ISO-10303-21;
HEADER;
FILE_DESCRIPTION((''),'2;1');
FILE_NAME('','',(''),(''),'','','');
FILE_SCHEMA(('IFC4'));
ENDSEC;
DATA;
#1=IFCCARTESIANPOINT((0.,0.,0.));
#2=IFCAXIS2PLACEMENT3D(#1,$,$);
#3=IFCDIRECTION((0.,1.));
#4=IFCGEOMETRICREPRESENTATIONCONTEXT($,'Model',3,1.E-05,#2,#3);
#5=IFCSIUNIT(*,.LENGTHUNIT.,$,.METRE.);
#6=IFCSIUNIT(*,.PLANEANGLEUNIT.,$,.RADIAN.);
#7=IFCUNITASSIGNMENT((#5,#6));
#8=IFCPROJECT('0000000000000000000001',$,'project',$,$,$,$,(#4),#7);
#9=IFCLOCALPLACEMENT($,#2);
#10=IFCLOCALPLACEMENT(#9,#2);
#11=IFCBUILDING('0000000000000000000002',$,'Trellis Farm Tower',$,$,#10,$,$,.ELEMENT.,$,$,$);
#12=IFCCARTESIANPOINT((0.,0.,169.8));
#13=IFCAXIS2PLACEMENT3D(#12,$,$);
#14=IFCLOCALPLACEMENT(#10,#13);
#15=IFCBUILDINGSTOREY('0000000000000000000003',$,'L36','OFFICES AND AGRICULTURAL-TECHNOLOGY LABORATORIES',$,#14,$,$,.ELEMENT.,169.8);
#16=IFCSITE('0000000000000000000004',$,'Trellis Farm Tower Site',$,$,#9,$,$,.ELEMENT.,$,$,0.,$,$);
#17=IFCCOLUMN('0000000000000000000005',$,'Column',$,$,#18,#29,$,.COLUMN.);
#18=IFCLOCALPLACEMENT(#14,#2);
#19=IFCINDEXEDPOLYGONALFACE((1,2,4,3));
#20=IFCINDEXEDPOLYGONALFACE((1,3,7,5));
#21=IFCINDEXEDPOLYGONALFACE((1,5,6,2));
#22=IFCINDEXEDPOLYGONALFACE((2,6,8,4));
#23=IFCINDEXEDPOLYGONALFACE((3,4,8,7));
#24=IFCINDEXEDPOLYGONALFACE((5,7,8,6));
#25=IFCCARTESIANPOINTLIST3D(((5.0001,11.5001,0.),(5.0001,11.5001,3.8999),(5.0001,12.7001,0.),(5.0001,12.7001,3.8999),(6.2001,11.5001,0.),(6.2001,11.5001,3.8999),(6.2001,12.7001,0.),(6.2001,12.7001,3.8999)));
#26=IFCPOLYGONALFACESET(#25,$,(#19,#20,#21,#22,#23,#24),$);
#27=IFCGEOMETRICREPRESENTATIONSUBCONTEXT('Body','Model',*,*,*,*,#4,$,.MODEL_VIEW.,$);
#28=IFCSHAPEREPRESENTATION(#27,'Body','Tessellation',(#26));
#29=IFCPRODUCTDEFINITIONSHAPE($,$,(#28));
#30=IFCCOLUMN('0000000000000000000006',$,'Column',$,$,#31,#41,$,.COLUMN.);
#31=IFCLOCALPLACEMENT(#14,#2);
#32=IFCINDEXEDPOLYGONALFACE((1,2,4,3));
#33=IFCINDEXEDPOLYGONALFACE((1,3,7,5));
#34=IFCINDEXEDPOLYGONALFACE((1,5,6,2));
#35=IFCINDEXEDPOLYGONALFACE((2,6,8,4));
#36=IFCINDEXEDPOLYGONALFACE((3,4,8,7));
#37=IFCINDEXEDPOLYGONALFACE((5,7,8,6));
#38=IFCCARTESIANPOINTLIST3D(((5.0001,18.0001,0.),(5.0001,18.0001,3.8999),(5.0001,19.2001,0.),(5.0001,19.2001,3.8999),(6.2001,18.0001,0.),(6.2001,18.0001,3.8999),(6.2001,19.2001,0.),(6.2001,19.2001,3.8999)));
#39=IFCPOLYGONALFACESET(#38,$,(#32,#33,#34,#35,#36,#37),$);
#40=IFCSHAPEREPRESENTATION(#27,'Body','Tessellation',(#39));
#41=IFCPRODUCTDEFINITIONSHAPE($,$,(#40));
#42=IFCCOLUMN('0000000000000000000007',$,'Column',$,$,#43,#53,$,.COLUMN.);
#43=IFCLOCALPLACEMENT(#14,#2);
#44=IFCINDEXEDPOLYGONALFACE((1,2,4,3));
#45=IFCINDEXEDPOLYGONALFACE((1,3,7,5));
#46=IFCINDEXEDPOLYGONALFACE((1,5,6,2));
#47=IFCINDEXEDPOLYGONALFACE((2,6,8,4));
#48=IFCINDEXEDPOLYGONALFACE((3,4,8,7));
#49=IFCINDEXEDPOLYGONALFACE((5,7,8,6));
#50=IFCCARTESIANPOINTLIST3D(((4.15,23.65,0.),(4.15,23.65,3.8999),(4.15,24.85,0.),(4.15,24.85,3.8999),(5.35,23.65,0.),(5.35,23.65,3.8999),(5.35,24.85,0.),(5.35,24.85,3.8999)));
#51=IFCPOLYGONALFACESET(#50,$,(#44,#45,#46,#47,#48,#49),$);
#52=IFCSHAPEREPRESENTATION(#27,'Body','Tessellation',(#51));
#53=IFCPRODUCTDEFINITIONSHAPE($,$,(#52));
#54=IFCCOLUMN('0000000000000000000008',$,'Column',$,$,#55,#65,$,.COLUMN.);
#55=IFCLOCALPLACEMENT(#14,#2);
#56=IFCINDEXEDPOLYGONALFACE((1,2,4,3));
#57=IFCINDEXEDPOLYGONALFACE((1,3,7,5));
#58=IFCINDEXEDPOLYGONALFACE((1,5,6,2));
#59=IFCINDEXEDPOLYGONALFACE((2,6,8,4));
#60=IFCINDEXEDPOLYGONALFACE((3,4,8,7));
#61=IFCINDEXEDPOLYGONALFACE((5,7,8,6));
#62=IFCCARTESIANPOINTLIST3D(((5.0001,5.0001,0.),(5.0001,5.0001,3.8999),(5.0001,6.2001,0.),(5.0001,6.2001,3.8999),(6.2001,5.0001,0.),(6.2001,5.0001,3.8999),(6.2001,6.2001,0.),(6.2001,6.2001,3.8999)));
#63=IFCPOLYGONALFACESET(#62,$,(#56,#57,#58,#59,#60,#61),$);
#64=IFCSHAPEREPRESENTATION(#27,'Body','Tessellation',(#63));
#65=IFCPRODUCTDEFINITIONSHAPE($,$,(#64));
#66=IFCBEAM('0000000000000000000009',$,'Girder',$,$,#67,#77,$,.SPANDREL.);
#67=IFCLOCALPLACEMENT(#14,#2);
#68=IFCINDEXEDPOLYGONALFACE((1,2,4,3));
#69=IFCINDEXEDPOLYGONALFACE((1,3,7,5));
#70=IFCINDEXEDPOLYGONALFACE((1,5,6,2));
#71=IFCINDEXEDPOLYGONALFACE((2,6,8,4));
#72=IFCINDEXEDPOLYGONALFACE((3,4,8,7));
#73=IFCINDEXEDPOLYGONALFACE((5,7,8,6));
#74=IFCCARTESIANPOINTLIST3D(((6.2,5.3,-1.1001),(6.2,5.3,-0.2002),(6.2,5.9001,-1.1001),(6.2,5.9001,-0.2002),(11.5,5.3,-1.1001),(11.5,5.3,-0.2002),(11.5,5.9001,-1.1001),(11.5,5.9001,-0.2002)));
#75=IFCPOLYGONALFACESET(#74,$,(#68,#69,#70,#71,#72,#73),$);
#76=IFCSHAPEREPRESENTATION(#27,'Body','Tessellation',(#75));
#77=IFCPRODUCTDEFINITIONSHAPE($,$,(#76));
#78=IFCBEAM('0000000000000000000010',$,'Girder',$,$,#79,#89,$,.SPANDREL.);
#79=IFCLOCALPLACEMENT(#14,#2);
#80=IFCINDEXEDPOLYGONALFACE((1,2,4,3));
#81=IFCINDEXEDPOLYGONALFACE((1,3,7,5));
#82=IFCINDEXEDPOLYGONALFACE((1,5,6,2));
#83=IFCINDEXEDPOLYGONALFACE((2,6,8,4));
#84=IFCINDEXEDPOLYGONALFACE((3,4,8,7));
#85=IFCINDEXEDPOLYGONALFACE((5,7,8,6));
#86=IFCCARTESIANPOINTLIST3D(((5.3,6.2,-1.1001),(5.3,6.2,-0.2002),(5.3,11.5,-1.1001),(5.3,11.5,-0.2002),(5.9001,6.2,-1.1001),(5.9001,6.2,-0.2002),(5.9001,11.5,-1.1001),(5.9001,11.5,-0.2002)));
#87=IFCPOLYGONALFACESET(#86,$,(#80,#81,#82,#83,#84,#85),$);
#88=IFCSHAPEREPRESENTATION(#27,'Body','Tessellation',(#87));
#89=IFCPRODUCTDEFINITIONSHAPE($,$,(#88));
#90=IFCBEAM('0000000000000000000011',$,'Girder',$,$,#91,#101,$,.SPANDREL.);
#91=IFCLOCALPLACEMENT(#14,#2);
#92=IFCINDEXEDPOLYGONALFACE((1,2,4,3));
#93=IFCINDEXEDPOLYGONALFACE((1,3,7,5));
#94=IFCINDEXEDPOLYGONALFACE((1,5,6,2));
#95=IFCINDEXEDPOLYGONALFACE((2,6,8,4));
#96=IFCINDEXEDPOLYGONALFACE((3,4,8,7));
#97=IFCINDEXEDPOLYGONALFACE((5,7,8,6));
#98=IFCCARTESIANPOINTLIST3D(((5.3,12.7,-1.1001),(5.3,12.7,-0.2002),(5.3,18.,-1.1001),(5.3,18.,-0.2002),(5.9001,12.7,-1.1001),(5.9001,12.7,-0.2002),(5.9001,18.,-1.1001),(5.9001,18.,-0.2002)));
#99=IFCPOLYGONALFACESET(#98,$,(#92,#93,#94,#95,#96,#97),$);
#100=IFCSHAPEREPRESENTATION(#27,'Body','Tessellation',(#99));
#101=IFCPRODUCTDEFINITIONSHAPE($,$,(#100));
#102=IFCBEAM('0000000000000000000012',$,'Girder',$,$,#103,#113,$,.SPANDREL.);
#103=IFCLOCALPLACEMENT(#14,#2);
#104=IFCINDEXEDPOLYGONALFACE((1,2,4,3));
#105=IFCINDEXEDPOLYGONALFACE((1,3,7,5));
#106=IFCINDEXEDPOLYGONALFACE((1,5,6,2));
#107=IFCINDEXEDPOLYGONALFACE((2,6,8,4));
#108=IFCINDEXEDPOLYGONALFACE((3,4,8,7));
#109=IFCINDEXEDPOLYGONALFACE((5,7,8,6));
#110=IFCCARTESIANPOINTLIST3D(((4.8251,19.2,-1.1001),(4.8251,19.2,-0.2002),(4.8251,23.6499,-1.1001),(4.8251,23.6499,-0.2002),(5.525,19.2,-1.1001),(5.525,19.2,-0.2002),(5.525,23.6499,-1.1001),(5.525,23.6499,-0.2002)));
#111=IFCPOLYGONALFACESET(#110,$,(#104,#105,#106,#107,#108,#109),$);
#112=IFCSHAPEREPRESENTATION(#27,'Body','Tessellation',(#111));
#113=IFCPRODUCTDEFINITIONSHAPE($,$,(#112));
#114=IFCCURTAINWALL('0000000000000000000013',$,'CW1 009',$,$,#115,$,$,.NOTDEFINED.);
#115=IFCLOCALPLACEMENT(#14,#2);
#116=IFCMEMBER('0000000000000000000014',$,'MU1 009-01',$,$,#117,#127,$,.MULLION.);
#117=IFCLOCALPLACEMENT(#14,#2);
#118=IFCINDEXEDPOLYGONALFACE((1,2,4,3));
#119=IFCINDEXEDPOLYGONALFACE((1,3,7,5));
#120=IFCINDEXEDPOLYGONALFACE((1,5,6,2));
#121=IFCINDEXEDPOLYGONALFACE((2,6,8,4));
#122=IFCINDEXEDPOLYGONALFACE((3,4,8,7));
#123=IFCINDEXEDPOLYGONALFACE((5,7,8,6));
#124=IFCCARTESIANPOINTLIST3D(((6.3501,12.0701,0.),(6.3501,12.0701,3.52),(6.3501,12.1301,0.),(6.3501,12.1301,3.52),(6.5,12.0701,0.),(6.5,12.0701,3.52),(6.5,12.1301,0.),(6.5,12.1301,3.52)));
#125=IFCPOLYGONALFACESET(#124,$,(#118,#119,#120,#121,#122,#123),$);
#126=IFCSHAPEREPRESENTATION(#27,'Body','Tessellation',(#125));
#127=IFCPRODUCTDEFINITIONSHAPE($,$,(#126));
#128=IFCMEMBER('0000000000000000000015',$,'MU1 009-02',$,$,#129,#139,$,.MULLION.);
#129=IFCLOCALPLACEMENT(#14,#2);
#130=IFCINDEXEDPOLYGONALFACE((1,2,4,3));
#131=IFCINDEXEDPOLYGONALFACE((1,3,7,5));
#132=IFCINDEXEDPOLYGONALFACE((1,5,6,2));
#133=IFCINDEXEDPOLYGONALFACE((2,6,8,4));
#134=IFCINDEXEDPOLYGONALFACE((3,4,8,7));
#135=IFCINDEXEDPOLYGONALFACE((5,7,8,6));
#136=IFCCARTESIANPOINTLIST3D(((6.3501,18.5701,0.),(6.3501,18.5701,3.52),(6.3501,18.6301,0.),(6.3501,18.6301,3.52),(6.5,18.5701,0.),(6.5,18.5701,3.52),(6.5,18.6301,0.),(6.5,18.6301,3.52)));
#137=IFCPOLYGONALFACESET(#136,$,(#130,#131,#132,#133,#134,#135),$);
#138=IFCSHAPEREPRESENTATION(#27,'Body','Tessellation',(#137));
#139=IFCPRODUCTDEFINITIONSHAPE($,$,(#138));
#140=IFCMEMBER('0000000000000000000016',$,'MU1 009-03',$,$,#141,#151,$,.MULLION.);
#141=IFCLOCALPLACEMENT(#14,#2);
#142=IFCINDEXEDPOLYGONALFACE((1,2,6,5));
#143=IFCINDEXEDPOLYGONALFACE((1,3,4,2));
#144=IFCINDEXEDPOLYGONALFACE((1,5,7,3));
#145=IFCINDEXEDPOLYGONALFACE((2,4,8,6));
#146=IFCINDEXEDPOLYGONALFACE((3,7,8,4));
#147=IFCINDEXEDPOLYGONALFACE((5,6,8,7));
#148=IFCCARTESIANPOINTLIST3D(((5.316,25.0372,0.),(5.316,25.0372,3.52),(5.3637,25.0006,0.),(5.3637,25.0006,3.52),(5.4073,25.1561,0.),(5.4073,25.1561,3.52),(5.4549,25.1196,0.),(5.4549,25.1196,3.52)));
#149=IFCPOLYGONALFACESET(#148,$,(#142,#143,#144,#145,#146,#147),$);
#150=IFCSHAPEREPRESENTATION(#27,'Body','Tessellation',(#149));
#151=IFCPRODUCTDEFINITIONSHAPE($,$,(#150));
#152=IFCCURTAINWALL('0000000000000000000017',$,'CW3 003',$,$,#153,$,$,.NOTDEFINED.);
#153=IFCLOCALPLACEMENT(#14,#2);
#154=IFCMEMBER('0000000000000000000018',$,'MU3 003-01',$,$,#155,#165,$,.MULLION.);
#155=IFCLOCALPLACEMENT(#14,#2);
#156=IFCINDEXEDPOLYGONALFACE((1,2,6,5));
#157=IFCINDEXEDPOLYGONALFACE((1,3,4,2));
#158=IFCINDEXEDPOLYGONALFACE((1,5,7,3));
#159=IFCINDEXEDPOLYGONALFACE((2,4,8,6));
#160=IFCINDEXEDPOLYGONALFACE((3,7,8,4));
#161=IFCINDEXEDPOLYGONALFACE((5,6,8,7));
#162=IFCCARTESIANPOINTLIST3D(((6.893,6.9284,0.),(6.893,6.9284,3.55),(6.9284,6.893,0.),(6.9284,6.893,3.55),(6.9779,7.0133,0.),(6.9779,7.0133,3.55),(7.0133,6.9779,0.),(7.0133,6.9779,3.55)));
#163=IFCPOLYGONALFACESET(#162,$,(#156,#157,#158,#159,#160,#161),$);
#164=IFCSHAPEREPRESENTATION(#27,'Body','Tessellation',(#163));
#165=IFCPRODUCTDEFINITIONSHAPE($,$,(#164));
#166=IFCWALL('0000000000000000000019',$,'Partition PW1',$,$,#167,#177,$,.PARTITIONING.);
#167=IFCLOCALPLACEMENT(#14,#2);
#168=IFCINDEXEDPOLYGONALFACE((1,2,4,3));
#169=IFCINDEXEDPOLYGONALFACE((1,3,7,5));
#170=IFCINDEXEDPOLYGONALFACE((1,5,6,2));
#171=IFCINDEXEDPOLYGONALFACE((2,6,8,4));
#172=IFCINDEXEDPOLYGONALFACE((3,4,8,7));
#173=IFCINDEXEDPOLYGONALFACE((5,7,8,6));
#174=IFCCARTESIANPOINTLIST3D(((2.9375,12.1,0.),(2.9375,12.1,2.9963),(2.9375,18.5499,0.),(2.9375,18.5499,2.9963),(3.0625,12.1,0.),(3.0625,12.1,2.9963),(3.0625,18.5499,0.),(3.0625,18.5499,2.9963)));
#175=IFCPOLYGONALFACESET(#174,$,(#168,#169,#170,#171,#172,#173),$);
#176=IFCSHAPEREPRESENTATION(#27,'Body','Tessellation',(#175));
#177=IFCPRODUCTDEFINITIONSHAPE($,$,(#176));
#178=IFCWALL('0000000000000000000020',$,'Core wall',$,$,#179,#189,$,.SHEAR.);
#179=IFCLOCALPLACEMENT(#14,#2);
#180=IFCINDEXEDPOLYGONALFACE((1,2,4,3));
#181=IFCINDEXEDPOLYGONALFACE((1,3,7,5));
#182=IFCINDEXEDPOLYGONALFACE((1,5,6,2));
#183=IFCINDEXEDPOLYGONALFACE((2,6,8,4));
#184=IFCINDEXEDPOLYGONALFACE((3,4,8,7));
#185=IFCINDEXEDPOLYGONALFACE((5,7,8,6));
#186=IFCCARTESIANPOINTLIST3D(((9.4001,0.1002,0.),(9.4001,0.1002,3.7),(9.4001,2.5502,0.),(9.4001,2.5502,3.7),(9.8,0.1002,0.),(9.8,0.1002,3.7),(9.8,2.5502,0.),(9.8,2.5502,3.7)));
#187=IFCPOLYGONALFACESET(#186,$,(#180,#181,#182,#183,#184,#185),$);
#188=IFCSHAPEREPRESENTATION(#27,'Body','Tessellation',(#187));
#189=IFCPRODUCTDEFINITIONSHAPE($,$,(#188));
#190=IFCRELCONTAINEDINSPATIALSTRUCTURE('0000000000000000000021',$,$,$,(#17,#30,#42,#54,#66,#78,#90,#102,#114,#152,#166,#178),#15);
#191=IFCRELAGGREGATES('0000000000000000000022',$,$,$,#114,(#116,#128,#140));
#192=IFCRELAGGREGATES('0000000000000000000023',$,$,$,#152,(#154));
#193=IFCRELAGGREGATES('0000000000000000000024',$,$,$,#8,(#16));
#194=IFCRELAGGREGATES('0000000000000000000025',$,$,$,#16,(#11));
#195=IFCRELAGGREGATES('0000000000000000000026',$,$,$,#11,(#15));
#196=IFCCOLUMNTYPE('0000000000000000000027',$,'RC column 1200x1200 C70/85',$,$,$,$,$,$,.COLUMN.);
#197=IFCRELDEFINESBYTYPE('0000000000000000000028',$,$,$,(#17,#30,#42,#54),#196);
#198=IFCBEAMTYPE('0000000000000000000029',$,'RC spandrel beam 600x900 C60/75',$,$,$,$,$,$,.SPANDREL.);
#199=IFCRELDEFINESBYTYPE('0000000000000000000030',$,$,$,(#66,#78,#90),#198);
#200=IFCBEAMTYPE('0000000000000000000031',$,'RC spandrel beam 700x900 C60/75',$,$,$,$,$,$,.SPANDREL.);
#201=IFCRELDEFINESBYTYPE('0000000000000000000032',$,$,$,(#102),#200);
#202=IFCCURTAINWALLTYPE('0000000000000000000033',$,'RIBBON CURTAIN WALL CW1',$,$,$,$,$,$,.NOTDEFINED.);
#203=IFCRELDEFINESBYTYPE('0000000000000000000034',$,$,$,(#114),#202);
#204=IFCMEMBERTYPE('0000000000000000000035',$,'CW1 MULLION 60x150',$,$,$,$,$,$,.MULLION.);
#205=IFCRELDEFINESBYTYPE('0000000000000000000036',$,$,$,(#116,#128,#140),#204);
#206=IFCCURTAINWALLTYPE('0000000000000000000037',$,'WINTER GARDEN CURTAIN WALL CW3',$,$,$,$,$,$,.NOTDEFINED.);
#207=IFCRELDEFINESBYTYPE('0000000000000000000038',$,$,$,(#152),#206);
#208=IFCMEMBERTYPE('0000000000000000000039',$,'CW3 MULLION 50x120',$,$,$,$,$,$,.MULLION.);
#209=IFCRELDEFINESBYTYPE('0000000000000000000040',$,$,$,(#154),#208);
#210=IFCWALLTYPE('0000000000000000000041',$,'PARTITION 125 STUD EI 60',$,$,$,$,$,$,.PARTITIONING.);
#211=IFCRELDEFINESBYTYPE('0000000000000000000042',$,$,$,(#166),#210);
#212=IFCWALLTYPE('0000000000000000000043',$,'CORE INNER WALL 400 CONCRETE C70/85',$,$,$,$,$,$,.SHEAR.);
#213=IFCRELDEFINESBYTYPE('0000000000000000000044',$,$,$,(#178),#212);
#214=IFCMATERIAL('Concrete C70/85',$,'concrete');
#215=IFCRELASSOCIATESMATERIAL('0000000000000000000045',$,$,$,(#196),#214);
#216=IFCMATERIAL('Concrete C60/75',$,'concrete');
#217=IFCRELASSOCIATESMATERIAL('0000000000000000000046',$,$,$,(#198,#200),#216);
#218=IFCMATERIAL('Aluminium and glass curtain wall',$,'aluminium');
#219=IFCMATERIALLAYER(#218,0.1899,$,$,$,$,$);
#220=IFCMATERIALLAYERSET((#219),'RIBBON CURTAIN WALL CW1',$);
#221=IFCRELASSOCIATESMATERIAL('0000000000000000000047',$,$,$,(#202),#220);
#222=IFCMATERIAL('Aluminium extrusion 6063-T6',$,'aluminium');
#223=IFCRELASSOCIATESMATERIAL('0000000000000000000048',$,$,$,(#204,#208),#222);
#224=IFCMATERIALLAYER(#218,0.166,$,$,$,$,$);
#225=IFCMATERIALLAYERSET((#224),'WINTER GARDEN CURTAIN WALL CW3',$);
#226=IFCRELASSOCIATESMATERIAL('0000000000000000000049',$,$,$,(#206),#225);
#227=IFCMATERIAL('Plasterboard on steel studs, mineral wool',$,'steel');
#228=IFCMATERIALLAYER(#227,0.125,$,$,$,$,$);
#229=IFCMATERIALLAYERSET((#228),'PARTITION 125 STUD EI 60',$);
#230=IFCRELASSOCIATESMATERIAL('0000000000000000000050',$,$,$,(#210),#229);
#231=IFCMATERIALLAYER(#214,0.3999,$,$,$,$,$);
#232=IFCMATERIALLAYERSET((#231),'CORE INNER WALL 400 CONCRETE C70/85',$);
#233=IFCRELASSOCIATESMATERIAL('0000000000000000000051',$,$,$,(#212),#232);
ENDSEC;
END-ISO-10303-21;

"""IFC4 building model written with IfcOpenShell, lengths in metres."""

from ifc_helpers import new_model, si_unit, direction, frame, frame_2d, origin, origin_2d, place, context, subcontext, project, spatial, rectangle, extrude, source, transform, mapped, material, layer, layer_set, material_profile, profile_set, type_object, element, aggregate, save


model = new_model("IFC4")

# Units and contexts
model_context = context("Model", 3, precision=1e-05, world=origin(), true_north=direction((0.0, 1.0)))
body_context = subcontext(model_context, "Body", "Model", "MODEL_VIEW")
ifc_project = project(units=[si_unit("LENGTHUNIT", "METRE"), si_unit("PLANEANGLEUNIT", "RADIAN")], contexts=[model_context])

# Site, building, storey
site_placement = place(None, origin())
site = spatial("IfcSite", under=ifc_project, at=site_placement, Name="Trellis Farm Tower Site", CompositionType="ELEMENT", RefElevation=0.0)
building_placement = place(site_placement, origin())
building = spatial("IfcBuilding", under=site, at=building_placement, Name="Trellis Farm Tower", CompositionType="ELEMENT")
storey_placement = place(building_placement, frame((0.0, 0.0, 169.8)))
storey = spatial("IfcBuildingStorey", under=building, at=storey_placement, Name="L36", Description="OFFICES AND AGRICULTURAL-TECHNOLOGY LABORATORIES", CompositionType="ELEMENT", Elevation=169.8)

# Columns
ifc_material_1 = material(Name="Concrete C70/85", Category="concrete")
ifc_material_profile_1 = material_profile(ifc_material_1, rectangle(XDim=1.2, YDim=1.2, at=origin_2d()), Name="RC column 1200x1200 C70/85")
ifc_profile_set_1 = profile_set([ifc_material_profile_1], Name="Concrete C70/85")
column_type = type_object("IfcColumnType", Name="RC column 1200x1200 C70/85", PredefinedType="COLUMN", material=ifc_profile_set_1)
shared_shape_1 = source(origin(), body_context, "Body", "SweptSolid", [
    extrude(rectangle(XDim=1.2, YDim=1.2, at=origin_2d()), origin(), (0.0, 0.0, 1.0), 3.8999),
])
for number, where, z_axis, x_axis, name in (
    (1, (5.6001, 12.1001, 0.0), (0.0, 0.0, 1.0), (1.0, 0.0, 0.0), "Column"),
    (2, (5.6001, 18.6001, 0.0), (0.0, 0.0, 1.0), (1.0, 0.0, 0.0), "Column"),
    (3, (4.75, 24.25, 0.0), (0.0, 0.0, 1.0), (1.0, 0.0, 0.0), "Column"),
    (4, (5.6001, 5.6001, 0.0), (0.0, 0.0, 1.0), (1.0, 0.0, 0.0), "Column"),
):
    element("IfcColumn", number, at=place(storey_placement, frame(where, z_axis=z_axis, x_axis=x_axis)), inside=storey, type_object=column_type, Name=name, PredefinedType="COLUMN", context=body_context, shape_type="MappedRepresentation", body=[
        mapped(shared_shape_1, transform((0.0, 0.0, 0.0))),
    ])

# Beams
ifc_material_2 = material(Name="Concrete C60/75", Category="concrete")
ifc_material_profile_2 = material_profile(ifc_material_2, rectangle(XDim=0.6001, YDim=0.8999, at=origin_2d()), Name="RC spandrel beam 600x900 C60/75")
ifc_profile_set_2 = profile_set([ifc_material_profile_2], Name="Concrete C60/75")
beam_type_1 = type_object("IfcBeamType", Name="RC spandrel beam 600x900 C60/75", PredefinedType="SPANDREL", material=ifc_profile_set_2)
shared_shape_2 = source(origin(), body_context, "Body", "SweptSolid", [
    extrude(rectangle(XDim=0.6001, YDim=0.8999, at=origin_2d()), origin(), (0.0, 0.0, 1.0), 5.3),
])
for number, where, z_axis, x_axis, name in (
    (5, (6.2, 5.6001, -0.6501), (1.0, 0.0, 0.0), (0.0, 1.0, 0.0), "Girder"),
    (6, (5.6001, 6.2, -0.6501), (0.0, 1.0, 0.0), (-1.0, 0.0, 0.0), "Girder"),
    (7, (5.6001, 12.7, -0.6501), (0.0, 1.0, 0.0), (-1.0, 0.0, 0.0), "Girder"),
):
    element("IfcBeam", number, at=place(storey_placement, frame(where, z_axis=z_axis, x_axis=x_axis)), inside=storey, type_object=beam_type_1, Name=name, PredefinedType="SPANDREL", context=body_context, shape_type="MappedRepresentation", body=[
        mapped(shared_shape_2, transform((0.0, 0.0, 0.0))),
    ])
ifc_material_profile_3 = material_profile(ifc_material_2, rectangle(XDim=0.7, YDim=0.8999, at=origin_2d()), Name="RC spandrel beam 700x900 C60/75")
ifc_profile_set_3 = profile_set([ifc_material_profile_3], Name="Concrete C60/75")
beam_type_2 = type_object("IfcBeamType", Name="RC spandrel beam 700x900 C60/75", PredefinedType="SPANDREL", material=ifc_profile_set_3)
shared_shape_3 = source(origin(), body_context, "Body", "SweptSolid", [
    extrude(rectangle(XDim=0.7, YDim=0.8999, at=origin_2d()), origin(), (0.0, 0.0, 1.0), 4.45),
])
beam_placement = place(storey_placement, frame((5.175, 19.2, -0.6501), z_axis=(0.0, 1.0, 0.0), x_axis=(-1.0, 0.0, 0.0)))
element("IfcBeam", 8, at=beam_placement, inside=storey, type_object=beam_type_2, Name="Girder", PredefinedType="SPANDREL", context=body_context, shape_type="MappedRepresentation", body=[
    mapped(shared_shape_3, transform((0.0, 0.0, 0.0))),
])

# Curtain wall, members
ifc_material_3 = material(Name="Aluminium and glass curtain wall", Category="aluminium")
ifc_layer_1 = layer(ifc_material_3, 0.1899)
ifc_layer_set_1 = layer_set([ifc_layer_1], Name="RIBBON CURTAIN WALL CW1")
curtain_wall_type_1 = type_object("IfcCurtainWallType", Name="RIBBON CURTAIN WALL CW1", PredefinedType="NOTDEFINED", material=ifc_layer_set_1)
placement = place(storey_placement, origin())
curtain_wall_1 = element("IfcCurtainWall", 9, at=placement, inside=storey, type_object=curtain_wall_type_1, Name="CW1 009", PredefinedType="NOTDEFINED")
ifc_material_4 = material(Name="Aluminium extrusion 6063-T6", Category="aluminium")
ifc_material_profile_4 = material_profile(ifc_material_4, rectangle(XDim=0.0601, YDim=0.1499, at=origin_2d()), Name="MULLION 60x150")
ifc_profile_set_4 = profile_set([ifc_material_profile_4], Name="Aluminium extrusion 6063-T6")
member_type_1 = type_object("IfcMemberType", Name="CW1 MULLION 60x150", PredefinedType="MULLION", material=ifc_profile_set_4)
shared_shape_4 = source(origin(), body_context, "Body", "SweptSolid", [
    extrude(rectangle(XDim=0.0601, YDim=0.1499, at=origin_2d()), origin(), (0.0, 0.0, 1.0), 3.52),
])
member_1_placement = place(storey_placement, frame((6.425, 12.1001, 0.0), z_axis=(0.0, 0.0, 1.0), x_axis=(0.0, 1.0, 0.0)))
member_1 = element("IfcMember", 10, at=member_1_placement, type_object=member_type_1, Name="MU1 009-01", PredefinedType="MULLION", context=body_context, shape_type="MappedRepresentation", body=[
    mapped(shared_shape_4, transform((0.0, 0.0, 0.0))),
])
member_2_placement = place(storey_placement, frame((6.425, 18.6001, 0.0), z_axis=(0.0, 0.0, 1.0), x_axis=(0.0, 1.0, 0.0)))
member_2 = element("IfcMember", 11, at=member_2_placement, type_object=member_type_1, Name="MU1 009-02", PredefinedType="MULLION", context=body_context, shape_type="MappedRepresentation", body=[
    mapped(shared_shape_4, transform((0.0, 0.0, 0.0))),
])
member_3_placement = place(storey_placement, frame((5.3855, 25.0784, 0.0), z_axis=(0.0, 0.0, 1.0), x_axis=(-0.793353, 0.608761, 0.0)))
member_3 = element("IfcMember", 12, at=member_3_placement, type_object=member_type_1, Name="MU1 009-03", PredefinedType="MULLION", context=body_context, shape_type="MappedRepresentation", body=[
    mapped(shared_shape_4, transform((0.0, 0.0, 0.0))),
])
aggregate(curtain_wall_1, [member_1, member_2, member_3])

# Curtain wall, member
ifc_layer_2 = layer(ifc_material_3, 0.166)
ifc_layer_set_2 = layer_set([ifc_layer_2], Name="WINTER GARDEN CURTAIN WALL CW3")
curtain_wall_type_2 = type_object("IfcCurtainWallType", Name="WINTER GARDEN CURTAIN WALL CW3", PredefinedType="NOTDEFINED", material=ifc_layer_set_2)
curtain_wall_2 = element("IfcCurtainWall", 13, at=placement, inside=storey, type_object=curtain_wall_type_2, Name="CW3 003", PredefinedType="NOTDEFINED")
ifc_material_profile_5 = material_profile(ifc_material_4, rectangle(XDim=0.05, YDim=0.1201, at=origin_2d()), Name="MULLION 50x120")
ifc_profile_set_5 = profile_set([ifc_material_profile_5], Name="Aluminium extrusion 6063-T6")
member_type_2 = type_object("IfcMemberType", Name="CW3 MULLION 50x120", PredefinedType="MULLION", material=ifc_profile_set_5)
shared_shape_5 = source(origin(), body_context, "Body", "SweptSolid", [
    extrude(rectangle(XDim=0.05, YDim=0.1201, at=origin_2d()), origin(), (0.0, 0.0, 1.0), 3.55),
])
member_4_placement = place(storey_placement, frame((6.9531, 6.9531, 0.0), z_axis=(0.0, 0.0, 1.0), x_axis=(-0.707107, 0.707107, 0.0)))
member_4 = element("IfcMember", 14, at=member_4_placement, type_object=member_type_2, Name="MU3 003-01", PredefinedType="MULLION", context=body_context, shape_type="MappedRepresentation", body=[
    mapped(shared_shape_5, transform((0.0, 0.0, 0.0))),
])
aggregate(curtain_wall_2, [member_4])

# Walls
ifc_material_5 = material(Name="Plasterboard on steel studs, mineral wool", Category="steel")
ifc_layer_3 = layer(ifc_material_5, 0.125)
ifc_layer_set_3 = layer_set([ifc_layer_3], Name="PARTITION 125 STUD EI 60")
wall_type_1 = type_object("IfcWallType", Name="PARTITION 125 STUD EI 60", PredefinedType="PARTITIONING", material=ifc_layer_set_3)
wall_1_placement = place(storey_placement, frame((3.0, 18.55, 0.0), z_axis=(0.0, 0.0, 1.0), x_axis=(0.0, -1.0, 0.0)))
element("IfcWall", 15, at=wall_1_placement, inside=storey, type_object=wall_type_1, Name="Partition PW1", PredefinedType="PARTITIONING", context=body_context, shape_type="SweptSolid", body=[
    extrude(rectangle(XDim=6.45, YDim=0.125, at=frame_2d((3.2251, 0.0))), origin(), (0.0, 0.0, 1.0), 2.9963),
])
ifc_layer_4 = layer(ifc_material_1, 0.3999)
ifc_layer_set_4 = layer_set([ifc_layer_4], Name="CORE INNER WALL 400 CONCRETE C70/85")
wall_type_2 = type_object("IfcWallType", Name="CORE INNER WALL 400 CONCRETE C70/85", PredefinedType="SHEAR", material=ifc_layer_set_4)
shared_shape_6 = source(origin(), body_context, "Body", "SweptSolid", [
    extrude(rectangle(XDim=2.45, YDim=0.3999, at=frame_2d((1.2251, 0.0))), origin(), (0.0, 0.0, 1.0), 3.7),
])
wall_2_placement = place(storey_placement, frame((9.6001, 0.1001, 0.0), z_axis=(0.0, 0.0, 1.0), x_axis=(0.0, 1.0, 0.0)))
element("IfcWall", 16, at=wall_2_placement, inside=storey, type_object=wall_type_2, Name="Core wall", PredefinedType="SHEAR", context=body_context, shape_type="MappedRepresentation", body=[
    mapped(shared_shape_6, transform((0.0, 0.0, 0.0))),
])

save(model, "model.ifc")
